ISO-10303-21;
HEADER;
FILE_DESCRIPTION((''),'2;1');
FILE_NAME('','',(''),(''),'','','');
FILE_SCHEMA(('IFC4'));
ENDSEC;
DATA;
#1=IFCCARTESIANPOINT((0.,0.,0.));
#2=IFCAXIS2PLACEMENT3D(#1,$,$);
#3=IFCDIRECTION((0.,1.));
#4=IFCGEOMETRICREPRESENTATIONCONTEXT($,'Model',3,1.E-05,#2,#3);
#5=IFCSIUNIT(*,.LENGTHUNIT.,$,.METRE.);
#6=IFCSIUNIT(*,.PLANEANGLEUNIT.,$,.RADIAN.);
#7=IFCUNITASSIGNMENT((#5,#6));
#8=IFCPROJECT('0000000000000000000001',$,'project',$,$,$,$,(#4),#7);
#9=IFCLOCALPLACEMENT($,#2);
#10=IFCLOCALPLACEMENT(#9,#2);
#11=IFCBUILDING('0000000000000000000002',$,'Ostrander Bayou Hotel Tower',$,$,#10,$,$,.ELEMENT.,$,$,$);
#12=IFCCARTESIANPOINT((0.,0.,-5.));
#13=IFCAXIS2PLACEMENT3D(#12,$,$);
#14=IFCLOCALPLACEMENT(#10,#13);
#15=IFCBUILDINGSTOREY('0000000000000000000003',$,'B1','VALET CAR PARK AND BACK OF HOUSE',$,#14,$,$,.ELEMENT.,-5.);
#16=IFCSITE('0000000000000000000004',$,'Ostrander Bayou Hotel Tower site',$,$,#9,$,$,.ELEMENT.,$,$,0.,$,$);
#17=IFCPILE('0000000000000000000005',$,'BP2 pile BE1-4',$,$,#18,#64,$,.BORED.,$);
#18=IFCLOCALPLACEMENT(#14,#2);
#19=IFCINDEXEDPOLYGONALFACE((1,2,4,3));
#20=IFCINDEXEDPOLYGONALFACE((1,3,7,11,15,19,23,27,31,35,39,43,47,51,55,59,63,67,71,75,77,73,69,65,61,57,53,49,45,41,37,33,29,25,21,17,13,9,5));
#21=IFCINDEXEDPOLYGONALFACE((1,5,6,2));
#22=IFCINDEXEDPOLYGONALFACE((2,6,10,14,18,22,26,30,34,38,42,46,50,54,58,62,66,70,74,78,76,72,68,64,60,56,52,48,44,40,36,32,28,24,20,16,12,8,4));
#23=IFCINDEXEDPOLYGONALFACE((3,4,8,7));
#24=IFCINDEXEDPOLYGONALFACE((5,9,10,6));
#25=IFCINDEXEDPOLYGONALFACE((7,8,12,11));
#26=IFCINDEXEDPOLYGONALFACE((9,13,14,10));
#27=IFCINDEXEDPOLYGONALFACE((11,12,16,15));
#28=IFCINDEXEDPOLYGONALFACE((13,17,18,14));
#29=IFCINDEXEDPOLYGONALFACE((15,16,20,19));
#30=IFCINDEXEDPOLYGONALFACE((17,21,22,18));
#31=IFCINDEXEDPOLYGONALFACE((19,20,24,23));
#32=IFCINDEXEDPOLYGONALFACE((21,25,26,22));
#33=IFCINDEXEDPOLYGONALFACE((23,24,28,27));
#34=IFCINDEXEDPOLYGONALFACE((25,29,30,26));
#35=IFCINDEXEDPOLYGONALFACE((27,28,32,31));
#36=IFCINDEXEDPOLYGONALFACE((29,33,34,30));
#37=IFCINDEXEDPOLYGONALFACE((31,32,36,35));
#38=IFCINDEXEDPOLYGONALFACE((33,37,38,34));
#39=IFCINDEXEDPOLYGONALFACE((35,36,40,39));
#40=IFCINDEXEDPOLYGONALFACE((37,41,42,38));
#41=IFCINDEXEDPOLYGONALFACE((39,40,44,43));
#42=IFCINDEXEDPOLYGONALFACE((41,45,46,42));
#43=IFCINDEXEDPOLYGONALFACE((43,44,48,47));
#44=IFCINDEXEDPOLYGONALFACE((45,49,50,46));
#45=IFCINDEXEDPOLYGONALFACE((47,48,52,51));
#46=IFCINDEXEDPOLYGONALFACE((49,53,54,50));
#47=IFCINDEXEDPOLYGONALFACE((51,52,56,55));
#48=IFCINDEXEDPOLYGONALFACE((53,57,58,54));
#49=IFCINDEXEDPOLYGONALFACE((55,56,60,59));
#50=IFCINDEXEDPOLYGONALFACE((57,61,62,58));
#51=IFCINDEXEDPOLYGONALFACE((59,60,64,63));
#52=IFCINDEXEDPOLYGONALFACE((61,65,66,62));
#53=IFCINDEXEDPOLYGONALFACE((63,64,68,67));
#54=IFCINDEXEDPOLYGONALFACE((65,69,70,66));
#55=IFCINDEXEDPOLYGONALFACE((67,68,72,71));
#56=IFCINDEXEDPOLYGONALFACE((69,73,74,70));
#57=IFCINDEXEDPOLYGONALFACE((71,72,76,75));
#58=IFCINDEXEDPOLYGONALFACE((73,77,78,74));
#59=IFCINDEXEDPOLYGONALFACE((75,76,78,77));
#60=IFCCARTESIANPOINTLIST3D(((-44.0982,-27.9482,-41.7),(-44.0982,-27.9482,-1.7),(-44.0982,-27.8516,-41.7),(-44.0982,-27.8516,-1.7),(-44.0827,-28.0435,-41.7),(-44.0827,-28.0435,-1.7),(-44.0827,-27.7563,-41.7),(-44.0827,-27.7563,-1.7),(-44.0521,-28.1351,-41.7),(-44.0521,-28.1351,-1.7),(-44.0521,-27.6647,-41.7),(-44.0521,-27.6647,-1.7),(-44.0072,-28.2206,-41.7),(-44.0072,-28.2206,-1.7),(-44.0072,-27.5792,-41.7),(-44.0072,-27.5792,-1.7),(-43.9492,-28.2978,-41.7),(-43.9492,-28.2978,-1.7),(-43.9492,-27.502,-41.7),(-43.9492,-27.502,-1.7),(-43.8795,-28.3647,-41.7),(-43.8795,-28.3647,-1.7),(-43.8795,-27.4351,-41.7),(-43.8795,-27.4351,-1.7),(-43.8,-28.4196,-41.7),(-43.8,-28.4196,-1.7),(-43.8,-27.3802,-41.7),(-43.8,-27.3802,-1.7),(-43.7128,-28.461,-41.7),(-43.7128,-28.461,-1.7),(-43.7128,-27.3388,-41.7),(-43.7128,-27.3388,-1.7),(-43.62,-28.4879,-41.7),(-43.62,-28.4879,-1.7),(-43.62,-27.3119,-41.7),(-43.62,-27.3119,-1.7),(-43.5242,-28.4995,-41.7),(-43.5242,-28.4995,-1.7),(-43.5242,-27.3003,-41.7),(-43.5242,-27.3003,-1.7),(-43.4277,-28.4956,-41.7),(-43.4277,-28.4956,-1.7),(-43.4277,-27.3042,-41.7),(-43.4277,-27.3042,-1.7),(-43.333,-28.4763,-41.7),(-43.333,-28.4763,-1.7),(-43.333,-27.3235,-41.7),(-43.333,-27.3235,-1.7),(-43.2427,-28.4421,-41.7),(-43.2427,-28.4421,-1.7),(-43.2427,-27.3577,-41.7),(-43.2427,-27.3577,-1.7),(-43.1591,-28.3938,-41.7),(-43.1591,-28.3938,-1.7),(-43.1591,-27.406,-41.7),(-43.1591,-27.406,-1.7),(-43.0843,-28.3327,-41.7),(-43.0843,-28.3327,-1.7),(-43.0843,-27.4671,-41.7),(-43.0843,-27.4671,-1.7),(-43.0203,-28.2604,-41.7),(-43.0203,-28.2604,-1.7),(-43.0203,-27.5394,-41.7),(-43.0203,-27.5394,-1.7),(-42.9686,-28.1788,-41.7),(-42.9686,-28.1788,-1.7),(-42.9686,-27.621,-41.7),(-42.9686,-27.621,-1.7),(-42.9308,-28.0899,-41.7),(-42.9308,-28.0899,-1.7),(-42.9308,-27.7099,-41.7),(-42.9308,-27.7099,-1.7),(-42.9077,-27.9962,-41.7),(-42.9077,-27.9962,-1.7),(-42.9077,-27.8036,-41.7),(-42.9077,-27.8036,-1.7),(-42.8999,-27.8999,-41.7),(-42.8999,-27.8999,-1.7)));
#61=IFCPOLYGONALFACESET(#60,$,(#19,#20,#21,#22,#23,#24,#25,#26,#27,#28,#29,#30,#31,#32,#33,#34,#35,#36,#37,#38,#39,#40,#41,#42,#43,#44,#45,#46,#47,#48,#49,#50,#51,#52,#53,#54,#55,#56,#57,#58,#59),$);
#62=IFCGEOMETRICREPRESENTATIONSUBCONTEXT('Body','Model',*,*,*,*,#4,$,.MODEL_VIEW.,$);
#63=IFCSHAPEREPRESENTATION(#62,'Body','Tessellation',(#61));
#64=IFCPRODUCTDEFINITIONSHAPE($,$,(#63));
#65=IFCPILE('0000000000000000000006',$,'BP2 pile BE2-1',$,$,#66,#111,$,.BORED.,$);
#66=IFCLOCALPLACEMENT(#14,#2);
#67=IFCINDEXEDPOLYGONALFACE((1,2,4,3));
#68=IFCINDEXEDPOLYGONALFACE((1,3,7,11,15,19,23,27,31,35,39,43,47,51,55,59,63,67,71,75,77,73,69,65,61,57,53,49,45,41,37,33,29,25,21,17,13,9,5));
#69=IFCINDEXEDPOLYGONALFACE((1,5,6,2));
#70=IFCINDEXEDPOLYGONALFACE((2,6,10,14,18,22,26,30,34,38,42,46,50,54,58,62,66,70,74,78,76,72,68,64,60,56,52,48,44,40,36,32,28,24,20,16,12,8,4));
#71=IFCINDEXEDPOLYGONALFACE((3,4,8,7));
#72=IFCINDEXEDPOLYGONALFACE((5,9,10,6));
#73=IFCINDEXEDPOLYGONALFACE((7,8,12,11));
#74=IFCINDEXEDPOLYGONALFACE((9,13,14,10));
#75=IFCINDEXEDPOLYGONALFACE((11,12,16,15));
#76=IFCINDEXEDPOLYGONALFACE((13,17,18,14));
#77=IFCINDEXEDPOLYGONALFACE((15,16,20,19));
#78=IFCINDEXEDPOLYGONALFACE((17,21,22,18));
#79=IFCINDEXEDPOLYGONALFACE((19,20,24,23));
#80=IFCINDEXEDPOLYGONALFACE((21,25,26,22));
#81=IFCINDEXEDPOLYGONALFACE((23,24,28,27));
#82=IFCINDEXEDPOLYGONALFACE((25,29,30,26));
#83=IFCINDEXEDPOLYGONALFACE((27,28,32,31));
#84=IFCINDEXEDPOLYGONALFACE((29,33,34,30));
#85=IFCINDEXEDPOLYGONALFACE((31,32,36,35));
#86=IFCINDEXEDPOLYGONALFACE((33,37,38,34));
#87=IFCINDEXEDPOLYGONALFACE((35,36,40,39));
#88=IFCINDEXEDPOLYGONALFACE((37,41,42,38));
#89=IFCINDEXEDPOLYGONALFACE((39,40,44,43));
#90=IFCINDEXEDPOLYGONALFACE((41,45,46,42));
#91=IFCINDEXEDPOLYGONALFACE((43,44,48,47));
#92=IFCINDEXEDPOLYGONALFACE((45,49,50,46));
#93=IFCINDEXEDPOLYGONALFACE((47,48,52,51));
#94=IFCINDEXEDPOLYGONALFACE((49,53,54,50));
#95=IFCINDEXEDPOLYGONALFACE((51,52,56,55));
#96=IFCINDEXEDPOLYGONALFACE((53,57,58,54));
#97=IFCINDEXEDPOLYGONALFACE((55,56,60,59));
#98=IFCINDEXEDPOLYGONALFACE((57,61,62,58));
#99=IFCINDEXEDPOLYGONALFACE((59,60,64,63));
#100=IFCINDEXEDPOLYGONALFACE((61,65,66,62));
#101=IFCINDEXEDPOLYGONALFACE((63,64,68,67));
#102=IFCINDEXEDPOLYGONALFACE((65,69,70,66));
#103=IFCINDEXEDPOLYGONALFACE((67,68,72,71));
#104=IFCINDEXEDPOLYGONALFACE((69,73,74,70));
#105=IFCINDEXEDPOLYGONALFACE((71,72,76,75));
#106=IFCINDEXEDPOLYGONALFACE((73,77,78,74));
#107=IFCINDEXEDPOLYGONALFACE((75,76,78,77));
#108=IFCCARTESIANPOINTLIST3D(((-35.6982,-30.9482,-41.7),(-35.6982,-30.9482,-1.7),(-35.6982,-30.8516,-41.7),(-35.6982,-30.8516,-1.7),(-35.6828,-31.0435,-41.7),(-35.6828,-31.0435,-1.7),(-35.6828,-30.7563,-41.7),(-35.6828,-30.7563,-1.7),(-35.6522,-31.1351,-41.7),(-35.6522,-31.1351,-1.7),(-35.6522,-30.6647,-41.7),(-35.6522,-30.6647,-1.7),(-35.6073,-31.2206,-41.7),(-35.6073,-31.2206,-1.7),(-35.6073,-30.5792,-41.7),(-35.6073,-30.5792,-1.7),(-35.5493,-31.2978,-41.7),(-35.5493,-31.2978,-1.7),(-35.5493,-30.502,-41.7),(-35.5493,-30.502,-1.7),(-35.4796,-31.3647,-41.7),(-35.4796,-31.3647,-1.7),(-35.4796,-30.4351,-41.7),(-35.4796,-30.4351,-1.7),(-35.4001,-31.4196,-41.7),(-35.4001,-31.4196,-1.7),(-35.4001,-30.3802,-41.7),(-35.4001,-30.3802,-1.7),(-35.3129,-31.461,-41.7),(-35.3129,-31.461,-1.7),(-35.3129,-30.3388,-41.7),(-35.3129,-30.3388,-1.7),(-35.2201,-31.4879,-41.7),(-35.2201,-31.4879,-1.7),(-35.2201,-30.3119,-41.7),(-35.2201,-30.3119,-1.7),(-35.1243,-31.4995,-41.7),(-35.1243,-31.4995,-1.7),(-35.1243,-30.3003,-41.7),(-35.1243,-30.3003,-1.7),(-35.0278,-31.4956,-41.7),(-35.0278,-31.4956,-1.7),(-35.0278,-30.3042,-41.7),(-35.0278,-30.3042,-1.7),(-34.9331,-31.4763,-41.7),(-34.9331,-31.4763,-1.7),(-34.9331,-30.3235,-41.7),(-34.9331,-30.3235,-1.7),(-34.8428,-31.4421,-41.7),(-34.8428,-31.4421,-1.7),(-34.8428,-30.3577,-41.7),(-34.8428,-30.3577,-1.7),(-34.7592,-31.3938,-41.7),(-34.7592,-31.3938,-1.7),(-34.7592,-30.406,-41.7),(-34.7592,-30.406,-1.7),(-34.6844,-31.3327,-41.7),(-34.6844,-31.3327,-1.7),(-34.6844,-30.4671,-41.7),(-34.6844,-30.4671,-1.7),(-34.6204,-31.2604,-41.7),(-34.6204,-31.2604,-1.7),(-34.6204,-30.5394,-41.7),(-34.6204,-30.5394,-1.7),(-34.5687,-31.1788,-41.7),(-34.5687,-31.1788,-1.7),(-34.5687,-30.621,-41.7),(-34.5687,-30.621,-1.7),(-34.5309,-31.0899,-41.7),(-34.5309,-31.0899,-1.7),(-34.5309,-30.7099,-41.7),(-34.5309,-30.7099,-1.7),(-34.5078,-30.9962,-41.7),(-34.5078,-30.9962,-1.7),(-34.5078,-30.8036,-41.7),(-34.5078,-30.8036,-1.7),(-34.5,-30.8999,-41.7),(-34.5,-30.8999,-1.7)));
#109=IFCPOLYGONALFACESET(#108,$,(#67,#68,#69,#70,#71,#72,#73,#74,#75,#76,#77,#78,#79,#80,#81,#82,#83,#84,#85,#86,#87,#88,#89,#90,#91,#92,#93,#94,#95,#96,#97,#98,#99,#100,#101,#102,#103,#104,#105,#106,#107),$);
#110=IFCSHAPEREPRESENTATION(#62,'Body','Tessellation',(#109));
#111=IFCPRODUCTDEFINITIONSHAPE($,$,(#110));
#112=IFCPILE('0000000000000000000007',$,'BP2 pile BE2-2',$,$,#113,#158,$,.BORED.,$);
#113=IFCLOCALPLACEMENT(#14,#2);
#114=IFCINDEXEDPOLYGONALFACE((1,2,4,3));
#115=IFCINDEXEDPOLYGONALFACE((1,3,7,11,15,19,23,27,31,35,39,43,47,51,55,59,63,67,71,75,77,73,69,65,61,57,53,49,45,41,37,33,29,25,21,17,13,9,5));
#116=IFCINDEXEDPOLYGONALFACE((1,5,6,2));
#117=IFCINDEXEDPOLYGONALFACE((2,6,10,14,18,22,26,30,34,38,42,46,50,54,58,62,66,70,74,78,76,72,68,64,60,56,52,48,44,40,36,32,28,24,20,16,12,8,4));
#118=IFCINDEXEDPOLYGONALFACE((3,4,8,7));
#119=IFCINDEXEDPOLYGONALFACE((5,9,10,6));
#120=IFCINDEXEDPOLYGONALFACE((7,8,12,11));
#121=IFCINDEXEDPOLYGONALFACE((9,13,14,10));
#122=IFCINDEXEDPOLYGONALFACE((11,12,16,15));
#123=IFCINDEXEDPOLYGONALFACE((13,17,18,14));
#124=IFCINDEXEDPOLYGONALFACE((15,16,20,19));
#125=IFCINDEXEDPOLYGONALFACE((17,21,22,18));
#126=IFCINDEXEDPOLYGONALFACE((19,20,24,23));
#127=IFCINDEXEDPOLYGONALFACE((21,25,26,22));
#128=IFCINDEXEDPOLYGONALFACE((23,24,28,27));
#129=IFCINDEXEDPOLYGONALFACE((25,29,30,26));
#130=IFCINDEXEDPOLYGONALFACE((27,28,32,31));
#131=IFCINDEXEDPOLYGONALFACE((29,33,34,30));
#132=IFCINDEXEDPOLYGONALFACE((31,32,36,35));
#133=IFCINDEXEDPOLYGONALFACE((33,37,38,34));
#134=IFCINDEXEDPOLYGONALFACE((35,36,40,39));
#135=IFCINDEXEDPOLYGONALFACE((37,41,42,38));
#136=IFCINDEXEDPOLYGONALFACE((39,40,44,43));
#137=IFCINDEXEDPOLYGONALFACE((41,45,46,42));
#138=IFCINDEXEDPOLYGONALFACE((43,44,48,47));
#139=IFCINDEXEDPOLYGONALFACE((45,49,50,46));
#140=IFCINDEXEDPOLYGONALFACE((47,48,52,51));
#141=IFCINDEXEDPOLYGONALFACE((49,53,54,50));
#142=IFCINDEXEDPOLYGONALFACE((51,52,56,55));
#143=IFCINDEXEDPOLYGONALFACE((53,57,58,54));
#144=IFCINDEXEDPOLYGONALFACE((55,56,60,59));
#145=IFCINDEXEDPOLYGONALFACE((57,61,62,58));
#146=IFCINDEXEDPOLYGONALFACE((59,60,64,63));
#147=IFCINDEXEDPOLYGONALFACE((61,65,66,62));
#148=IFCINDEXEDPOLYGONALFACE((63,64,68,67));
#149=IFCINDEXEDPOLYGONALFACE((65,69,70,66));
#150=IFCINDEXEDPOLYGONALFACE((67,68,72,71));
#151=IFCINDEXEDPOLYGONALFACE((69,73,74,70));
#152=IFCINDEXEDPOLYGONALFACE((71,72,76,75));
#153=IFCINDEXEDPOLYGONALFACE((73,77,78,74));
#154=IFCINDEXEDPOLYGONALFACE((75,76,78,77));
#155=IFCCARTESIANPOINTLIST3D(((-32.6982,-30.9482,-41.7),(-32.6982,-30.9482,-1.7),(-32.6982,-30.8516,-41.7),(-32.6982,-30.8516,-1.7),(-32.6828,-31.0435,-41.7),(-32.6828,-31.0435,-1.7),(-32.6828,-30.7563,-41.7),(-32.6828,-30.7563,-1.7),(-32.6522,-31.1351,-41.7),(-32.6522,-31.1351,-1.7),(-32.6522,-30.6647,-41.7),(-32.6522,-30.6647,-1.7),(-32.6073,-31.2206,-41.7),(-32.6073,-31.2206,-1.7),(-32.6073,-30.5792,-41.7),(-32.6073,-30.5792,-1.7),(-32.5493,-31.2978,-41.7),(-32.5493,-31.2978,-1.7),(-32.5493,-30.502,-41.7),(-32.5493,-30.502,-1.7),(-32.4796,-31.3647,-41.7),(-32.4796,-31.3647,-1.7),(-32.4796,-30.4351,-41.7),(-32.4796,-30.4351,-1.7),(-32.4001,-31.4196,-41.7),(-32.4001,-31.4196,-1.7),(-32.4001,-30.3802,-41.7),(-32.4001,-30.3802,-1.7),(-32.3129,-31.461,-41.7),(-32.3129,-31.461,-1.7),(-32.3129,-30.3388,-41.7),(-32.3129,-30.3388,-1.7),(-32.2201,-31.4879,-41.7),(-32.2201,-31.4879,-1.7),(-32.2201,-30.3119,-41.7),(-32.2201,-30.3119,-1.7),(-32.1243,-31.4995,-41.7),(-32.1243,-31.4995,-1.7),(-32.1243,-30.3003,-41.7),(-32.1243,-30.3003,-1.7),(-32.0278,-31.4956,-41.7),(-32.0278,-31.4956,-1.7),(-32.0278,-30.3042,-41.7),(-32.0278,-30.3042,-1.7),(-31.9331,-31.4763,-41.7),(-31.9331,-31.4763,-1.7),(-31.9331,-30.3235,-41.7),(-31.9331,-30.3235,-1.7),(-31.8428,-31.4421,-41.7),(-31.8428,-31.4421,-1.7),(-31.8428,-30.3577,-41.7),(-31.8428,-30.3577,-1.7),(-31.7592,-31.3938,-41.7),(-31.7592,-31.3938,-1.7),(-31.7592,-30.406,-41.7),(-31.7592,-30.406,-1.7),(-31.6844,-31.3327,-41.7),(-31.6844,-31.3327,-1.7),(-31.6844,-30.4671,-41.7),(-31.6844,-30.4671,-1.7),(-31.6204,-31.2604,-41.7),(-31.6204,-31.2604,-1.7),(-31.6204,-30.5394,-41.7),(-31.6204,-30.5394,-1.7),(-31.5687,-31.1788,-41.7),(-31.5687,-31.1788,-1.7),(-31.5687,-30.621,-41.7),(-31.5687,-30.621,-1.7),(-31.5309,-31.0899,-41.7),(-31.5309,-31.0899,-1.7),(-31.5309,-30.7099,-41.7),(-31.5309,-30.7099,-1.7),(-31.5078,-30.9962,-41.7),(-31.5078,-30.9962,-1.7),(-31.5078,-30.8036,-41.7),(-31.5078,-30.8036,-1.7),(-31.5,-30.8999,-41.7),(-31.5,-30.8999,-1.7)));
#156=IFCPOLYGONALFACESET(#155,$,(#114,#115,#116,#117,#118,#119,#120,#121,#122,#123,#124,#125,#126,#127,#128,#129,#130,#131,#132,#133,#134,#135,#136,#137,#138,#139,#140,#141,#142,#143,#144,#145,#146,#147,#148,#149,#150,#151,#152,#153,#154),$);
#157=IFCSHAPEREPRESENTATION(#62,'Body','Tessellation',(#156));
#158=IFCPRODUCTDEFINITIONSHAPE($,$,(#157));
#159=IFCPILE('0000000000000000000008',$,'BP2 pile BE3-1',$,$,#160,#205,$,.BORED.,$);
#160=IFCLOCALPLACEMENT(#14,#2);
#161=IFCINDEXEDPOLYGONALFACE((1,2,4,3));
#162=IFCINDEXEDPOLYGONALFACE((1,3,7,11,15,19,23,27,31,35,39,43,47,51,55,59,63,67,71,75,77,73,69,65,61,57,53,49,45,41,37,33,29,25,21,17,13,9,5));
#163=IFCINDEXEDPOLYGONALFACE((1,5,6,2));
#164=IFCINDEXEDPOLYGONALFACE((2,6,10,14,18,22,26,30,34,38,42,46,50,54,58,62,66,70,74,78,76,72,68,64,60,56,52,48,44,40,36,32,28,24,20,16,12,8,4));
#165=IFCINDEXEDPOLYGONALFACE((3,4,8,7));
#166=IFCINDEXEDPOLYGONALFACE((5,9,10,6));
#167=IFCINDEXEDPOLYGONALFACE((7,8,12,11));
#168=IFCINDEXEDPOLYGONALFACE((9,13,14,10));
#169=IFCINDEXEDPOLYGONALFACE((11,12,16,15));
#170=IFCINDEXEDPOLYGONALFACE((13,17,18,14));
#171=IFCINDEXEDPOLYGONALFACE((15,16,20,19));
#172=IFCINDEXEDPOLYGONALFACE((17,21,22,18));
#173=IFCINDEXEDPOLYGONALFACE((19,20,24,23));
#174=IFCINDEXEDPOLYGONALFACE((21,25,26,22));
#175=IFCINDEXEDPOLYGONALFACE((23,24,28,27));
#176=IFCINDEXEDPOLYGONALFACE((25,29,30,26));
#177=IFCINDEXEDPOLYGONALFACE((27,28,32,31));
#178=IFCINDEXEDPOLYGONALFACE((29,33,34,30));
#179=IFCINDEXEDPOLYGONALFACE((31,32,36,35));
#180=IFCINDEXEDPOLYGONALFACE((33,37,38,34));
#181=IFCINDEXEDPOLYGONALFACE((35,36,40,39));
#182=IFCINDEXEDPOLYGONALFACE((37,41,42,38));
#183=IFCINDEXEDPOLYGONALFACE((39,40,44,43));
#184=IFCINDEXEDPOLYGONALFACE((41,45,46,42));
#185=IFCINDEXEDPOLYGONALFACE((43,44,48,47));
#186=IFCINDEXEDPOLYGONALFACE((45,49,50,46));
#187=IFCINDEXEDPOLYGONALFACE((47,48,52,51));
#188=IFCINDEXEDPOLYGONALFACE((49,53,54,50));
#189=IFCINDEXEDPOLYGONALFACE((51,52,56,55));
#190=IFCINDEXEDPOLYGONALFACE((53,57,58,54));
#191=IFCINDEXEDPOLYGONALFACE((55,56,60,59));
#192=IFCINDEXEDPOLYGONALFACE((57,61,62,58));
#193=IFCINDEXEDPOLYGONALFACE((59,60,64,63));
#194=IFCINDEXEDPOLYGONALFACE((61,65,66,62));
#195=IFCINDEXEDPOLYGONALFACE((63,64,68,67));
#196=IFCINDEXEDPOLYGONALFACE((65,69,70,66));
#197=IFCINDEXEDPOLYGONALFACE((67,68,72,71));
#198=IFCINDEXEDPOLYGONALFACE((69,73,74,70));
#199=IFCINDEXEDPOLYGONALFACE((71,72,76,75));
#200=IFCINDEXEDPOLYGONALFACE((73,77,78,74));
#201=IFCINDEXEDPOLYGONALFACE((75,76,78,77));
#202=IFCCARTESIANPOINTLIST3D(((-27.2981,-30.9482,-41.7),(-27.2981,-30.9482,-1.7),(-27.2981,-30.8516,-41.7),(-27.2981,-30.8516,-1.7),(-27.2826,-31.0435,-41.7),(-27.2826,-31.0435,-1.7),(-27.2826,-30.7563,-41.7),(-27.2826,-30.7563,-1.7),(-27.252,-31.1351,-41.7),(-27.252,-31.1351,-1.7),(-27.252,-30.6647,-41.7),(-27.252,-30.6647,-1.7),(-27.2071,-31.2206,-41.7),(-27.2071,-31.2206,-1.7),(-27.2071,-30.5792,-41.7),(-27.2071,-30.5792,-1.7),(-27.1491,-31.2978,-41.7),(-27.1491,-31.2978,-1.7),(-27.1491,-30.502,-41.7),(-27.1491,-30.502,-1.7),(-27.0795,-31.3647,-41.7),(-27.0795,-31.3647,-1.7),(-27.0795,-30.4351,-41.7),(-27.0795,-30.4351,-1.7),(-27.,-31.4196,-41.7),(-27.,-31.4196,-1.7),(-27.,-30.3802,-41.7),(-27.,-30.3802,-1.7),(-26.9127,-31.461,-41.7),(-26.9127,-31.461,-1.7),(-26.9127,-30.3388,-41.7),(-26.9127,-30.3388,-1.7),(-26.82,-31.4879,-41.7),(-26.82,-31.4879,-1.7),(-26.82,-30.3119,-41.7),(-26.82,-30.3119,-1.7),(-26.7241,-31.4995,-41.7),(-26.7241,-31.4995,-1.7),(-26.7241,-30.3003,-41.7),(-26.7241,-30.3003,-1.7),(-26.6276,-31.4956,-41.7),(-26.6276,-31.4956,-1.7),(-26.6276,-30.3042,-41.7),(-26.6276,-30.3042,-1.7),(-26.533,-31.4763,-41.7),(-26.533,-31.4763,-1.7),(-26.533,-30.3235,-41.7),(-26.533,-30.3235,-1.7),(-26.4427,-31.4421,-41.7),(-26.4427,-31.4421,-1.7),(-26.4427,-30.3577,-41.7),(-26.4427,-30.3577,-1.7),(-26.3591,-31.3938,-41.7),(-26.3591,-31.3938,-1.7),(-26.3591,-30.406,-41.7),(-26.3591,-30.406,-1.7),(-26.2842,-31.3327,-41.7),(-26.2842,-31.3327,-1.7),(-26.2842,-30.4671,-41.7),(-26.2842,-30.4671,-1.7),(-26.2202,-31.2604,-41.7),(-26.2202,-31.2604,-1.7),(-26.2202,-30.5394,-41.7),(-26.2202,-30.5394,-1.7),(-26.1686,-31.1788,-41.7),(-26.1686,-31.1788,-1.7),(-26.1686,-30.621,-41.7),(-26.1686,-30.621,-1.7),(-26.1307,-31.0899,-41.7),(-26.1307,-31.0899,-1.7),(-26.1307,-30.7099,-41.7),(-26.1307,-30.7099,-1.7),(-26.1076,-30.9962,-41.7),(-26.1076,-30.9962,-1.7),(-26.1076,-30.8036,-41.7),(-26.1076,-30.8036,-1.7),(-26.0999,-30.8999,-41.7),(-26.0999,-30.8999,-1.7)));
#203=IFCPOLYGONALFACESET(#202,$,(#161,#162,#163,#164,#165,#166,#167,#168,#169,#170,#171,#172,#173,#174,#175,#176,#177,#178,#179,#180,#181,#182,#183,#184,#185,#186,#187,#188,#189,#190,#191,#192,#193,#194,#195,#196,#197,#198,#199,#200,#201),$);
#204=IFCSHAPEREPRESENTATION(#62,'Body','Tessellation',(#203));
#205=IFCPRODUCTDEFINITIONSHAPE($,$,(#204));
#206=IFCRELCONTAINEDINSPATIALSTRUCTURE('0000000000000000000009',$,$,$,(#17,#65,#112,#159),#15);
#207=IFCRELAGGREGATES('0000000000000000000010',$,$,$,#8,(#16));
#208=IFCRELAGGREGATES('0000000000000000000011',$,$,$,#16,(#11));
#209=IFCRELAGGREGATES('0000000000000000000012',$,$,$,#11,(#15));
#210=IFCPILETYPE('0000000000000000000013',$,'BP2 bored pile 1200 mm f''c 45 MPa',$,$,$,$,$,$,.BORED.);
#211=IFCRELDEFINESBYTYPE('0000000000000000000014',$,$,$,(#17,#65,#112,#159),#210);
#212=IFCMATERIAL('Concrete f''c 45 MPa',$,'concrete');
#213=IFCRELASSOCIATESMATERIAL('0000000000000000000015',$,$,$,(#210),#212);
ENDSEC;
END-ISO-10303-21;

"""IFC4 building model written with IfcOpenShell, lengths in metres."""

from ifc_helpers import new_model, si_unit, direction, frame, origin, origin_2d, place, context, subcontext, project, spatial, circle, extrude, material, material_profile, profile_set, type_object, element, save


model = new_model("IFC4")

# Units and contexts
model_context = context("Model", 3, precision=1e-05, world=origin(), true_north=direction((0.0, 1.0)))
body_context = subcontext(model_context, "Body", "Model", "MODEL_VIEW")
ifc_project = project(units=[si_unit("LENGTHUNIT", "METRE"), si_unit("PLANEANGLEUNIT", "RADIAN")], contexts=[model_context])

# Site, building, storey
site_placement = place(None, origin())
site = spatial("IfcSite", under=ifc_project, at=site_placement, Name="Ostrander Bayou Hotel Tower site", CompositionType="ELEMENT", RefElevation=0.0)
building_placement = place(site_placement, origin())
building = spatial("IfcBuilding", under=site, at=building_placement, Name="Ostrander Bayou Hotel Tower", CompositionType="ELEMENT")
storey_placement = place(building_placement, frame((0.0, 0.0, -5.0)))
storey = spatial("IfcBuildingStorey", under=building, at=storey_placement, Name="B1", Description="VALET CAR PARK AND BACK OF HOUSE", CompositionType="ELEMENT", Elevation=-5.0)

# Piles
ifc_material_1 = material(Name="Concrete f'c 45 MPa", Category="concrete")
ifc_material_profile_1 = material_profile(ifc_material_1, circle(Radius=0.6001, at=origin_2d()))
ifc_profile_set_1 = profile_set([ifc_material_profile_1], Name="Concrete f'c 45 MPa")
pile_type = type_object("IfcPileType", Name="BP2 bored pile 1200 mm f'c 45 MPa", PredefinedType="BORED", material=ifc_profile_set_1)
for number, where, z_axis, x_axis, name in (
    (1, (-43.5, -27.8999, -1.7), (0.0, 0.0, -1.0), (1.0, 0.0, 0.0), "BP2 pile BE1-4"),
    (2, (-35.1001, -30.8999, -1.7), (0.0, 0.0, -1.0), (1.0, 0.0, 0.0), "BP2 pile BE2-1"),
    (3, (-32.1001, -30.8999, -1.7), (0.0, 0.0, -1.0), (1.0, 0.0, 0.0), "BP2 pile BE2-2"),
    (4, (-26.7, -30.8999, -1.7), (0.0, 0.0, -1.0), (1.0, 0.0, 0.0), "BP2 pile BE3-1"),
):
    element("IfcPile", number, at=place(storey_placement, frame(where, z_axis=z_axis, x_axis=x_axis)), inside=storey, type_object=pile_type, Name=name, PredefinedType="BORED", context=body_context, shape_type="SweptSolid", body=[
        extrude(circle(Radius=0.6001, at=origin_2d()), origin(), (0.0, 0.0, 1.0), 40.0),
    ])

save(model, "model.ifc")
